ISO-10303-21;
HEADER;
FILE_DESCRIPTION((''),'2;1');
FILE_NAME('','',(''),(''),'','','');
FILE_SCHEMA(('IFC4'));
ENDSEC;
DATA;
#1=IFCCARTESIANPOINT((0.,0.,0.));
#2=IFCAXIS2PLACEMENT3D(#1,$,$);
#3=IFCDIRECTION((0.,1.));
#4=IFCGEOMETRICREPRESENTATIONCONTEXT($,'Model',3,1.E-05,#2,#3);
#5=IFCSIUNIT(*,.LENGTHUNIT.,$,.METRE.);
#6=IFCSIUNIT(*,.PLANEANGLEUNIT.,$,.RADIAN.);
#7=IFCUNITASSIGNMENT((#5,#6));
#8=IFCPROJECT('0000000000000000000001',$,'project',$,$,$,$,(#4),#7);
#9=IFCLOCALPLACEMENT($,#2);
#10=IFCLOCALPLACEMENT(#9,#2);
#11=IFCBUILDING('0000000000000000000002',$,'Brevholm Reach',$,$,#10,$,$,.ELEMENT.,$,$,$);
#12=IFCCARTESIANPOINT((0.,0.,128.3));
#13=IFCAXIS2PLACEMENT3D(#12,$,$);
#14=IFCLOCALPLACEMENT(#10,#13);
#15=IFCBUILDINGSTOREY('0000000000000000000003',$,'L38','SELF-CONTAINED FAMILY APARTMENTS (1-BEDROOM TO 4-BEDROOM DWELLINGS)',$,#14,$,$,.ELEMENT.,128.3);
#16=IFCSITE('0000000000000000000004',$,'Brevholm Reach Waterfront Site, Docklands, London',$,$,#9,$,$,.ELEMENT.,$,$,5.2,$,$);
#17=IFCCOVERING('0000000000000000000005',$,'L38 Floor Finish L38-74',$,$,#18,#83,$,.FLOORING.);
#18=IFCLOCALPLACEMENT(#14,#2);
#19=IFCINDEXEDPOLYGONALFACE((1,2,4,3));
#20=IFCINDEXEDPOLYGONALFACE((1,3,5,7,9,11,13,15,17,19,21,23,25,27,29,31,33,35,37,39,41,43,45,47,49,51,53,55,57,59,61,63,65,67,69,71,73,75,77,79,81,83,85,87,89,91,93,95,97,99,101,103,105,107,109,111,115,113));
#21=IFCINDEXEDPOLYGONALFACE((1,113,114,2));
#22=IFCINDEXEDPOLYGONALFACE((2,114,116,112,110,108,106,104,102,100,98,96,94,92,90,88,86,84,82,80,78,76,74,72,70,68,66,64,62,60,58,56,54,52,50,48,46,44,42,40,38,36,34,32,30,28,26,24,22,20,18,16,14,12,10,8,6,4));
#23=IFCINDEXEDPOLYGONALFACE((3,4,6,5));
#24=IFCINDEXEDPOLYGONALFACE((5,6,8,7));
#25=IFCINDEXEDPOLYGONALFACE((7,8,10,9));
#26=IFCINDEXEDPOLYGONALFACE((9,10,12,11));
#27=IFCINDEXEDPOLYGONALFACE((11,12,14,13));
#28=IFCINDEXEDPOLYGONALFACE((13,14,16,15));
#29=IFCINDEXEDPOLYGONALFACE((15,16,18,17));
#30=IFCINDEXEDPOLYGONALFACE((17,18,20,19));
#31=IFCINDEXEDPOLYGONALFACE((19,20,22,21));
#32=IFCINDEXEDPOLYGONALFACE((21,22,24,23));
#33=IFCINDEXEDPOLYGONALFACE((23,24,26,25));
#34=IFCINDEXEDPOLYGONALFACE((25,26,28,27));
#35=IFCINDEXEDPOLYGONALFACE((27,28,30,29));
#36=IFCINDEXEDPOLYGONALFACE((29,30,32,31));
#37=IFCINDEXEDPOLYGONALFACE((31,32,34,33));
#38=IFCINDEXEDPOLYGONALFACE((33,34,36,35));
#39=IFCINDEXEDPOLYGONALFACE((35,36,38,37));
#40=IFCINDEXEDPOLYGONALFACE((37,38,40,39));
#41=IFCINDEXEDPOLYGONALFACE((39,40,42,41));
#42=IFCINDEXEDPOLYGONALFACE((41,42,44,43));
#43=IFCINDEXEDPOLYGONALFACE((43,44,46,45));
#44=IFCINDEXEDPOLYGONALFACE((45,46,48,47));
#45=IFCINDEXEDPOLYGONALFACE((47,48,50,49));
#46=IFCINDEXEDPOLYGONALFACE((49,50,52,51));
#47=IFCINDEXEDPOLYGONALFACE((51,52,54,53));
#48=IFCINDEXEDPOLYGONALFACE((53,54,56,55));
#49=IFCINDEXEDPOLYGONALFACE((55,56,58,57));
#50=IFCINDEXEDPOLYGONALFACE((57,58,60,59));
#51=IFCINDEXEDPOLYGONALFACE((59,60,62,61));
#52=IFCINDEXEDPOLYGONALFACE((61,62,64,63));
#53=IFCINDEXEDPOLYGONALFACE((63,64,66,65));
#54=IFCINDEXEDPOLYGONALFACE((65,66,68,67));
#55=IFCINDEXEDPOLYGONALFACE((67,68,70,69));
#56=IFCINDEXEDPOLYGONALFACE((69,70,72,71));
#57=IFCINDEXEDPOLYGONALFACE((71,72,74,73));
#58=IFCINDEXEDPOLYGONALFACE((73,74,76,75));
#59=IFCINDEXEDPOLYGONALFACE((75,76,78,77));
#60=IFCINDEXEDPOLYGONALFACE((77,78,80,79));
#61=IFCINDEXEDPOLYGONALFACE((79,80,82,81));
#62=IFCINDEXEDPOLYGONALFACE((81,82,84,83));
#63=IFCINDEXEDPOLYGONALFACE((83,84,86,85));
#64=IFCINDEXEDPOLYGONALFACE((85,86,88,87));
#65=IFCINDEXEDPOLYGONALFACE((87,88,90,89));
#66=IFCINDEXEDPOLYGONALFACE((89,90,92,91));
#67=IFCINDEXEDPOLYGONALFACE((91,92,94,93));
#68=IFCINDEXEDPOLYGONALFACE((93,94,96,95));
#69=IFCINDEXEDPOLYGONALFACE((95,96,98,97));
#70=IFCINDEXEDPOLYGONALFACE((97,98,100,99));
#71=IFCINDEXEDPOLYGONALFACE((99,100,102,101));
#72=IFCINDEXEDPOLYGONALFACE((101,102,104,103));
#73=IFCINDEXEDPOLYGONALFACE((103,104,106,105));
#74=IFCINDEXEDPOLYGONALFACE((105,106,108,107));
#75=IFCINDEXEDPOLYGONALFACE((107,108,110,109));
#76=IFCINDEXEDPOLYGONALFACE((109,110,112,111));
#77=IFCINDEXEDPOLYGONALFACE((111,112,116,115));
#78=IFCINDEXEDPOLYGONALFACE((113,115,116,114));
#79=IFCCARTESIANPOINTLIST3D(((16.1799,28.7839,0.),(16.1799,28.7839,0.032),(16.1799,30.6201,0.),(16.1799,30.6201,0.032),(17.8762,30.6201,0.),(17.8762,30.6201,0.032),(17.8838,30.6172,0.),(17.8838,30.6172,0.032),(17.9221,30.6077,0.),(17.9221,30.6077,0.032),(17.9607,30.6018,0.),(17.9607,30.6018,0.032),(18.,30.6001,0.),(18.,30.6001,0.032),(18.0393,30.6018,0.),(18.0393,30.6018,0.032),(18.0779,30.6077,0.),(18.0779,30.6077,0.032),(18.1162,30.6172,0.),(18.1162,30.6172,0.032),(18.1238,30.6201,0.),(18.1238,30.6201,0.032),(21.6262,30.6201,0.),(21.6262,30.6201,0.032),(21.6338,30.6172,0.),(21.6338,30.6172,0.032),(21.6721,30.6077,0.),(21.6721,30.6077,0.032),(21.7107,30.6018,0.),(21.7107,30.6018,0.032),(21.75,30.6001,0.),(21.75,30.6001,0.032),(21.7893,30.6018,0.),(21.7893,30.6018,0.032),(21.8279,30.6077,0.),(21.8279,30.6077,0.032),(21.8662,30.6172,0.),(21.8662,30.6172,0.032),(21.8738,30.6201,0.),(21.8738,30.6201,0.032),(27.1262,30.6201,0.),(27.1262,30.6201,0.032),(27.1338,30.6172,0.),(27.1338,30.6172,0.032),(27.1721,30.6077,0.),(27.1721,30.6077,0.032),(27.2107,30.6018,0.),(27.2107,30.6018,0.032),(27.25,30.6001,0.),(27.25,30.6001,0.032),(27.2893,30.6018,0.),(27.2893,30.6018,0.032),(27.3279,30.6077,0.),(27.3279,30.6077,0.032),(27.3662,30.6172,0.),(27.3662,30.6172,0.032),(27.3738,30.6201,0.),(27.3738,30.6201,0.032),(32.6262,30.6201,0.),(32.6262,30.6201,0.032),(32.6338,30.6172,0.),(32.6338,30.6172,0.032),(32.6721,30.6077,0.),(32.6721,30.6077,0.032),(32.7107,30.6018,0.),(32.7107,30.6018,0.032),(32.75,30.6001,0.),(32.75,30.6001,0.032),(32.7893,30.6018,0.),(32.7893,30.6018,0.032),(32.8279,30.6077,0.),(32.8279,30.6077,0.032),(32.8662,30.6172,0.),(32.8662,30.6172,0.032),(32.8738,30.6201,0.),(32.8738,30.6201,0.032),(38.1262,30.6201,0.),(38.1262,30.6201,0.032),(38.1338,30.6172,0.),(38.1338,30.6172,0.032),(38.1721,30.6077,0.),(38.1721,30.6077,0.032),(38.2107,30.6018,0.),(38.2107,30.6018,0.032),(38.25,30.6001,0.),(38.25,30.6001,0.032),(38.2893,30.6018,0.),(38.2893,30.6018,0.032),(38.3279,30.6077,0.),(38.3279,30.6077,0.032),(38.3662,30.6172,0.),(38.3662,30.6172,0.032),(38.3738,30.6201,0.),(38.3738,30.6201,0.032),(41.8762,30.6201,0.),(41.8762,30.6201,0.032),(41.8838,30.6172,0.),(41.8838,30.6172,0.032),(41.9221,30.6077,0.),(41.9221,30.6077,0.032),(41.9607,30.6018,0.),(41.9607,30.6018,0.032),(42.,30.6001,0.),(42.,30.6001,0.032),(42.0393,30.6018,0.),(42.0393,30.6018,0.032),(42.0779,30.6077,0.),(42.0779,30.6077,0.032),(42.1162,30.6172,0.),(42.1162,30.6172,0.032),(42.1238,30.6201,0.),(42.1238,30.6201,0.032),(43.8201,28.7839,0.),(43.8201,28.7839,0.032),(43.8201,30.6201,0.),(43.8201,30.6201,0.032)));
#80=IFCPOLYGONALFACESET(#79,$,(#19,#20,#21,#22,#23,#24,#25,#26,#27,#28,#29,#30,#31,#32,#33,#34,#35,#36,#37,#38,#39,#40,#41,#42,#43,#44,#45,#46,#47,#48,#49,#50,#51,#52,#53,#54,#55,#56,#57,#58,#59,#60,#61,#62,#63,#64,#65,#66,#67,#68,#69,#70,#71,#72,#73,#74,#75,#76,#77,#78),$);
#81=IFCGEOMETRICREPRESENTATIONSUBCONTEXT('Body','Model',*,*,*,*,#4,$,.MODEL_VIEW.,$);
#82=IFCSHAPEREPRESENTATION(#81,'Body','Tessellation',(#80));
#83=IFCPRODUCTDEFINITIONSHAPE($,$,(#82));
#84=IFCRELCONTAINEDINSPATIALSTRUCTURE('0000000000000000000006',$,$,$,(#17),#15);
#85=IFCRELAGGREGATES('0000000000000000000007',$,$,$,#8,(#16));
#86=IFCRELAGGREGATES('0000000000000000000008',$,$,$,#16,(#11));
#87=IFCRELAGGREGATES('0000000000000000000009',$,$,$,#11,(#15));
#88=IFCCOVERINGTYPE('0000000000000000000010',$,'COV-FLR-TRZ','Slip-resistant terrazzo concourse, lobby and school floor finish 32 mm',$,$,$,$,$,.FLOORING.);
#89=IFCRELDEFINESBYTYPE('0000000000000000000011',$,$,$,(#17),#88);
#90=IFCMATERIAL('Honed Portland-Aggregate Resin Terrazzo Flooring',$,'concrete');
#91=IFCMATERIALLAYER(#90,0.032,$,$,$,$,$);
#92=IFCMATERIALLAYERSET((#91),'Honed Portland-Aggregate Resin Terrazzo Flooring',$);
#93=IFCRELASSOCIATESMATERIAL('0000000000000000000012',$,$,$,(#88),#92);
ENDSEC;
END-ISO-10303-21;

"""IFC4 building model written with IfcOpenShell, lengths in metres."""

from ifc_helpers import new_model, si_unit, direction, frame, origin, place, context, subcontext, project, spatial, polyline, outline, extrude, material, layer, layer_set, type_object, element, save


model = new_model("IFC4")

# Units and contexts
model_context = context("Model", 3, precision=1e-05, world=origin(), true_north=direction((0.0, 1.0)))
body_context = subcontext(model_context, "Body", "Model", "MODEL_VIEW")
ifc_project = project(units=[si_unit("LENGTHUNIT", "METRE"), si_unit("PLANEANGLEUNIT", "RADIAN")], contexts=[model_context])

# Site, building, storey
site_placement = place(None, origin())
site = spatial("IfcSite", under=ifc_project, at=site_placement, Name="Brevholm Reach Waterfront Site, Docklands, London", CompositionType="ELEMENT", RefElevation=5.2)
building_placement = place(site_placement, origin())
building = spatial("IfcBuilding", under=site, at=building_placement, Name="Brevholm Reach", CompositionType="ELEMENT")
storey_placement = place(building_placement, frame((0.0, 0.0, 128.3)))
storey = spatial("IfcBuildingStorey", under=building, at=storey_placement, Name="L38", Description="SELF-CONTAINED FAMILY APARTMENTS (1-BEDROOM TO 4-BEDROOM DWELLINGS)", CompositionType="ELEMENT", Elevation=128.3)

# Covering
ifc_material_1 = material(Name="Honed Portland-Aggregate Resin Terrazzo Flooring", Category="concrete")
ifc_layer_1 = layer(ifc_material_1, 0.032)
ifc_layer_set_1 = layer_set([ifc_layer_1], Name="Honed Portland-Aggregate Resin Terrazzo Flooring")
covering_type_1 = type_object("IfcCoveringType", Name="COV-FLR-TRZ", Description="Slip-resistant terrazzo concourse, lobby and school floor finish 32 mm", PredefinedType="FLOORING", material=ifc_layer_set_1)
covering_1_placement = place(storey_placement, origin())
element("IfcCovering", 1, at=covering_1_placement, inside=storey, type_object=covering_type_1, Name="L38 Floor Finish L38-74", PredefinedType="FLOORING", context=body_context, shape_type="SweptSolid", body=[
    extrude(outline(polyline([(16.1799, 30.6201), (17.8762, 30.6201), (17.8838, 30.6172), (17.9221, 30.6077), (17.9607, 30.6018), (18.0, 30.6001), (18.0393, 30.6018), (18.0779, 30.6077), (18.1162, 30.6172), (18.1238, 30.6201), (21.6262, 30.6201), (21.6338, 30.6172), (21.6721, 30.6077), (21.7107, 30.6018), (21.75, 30.6001), (21.7893, 30.6018), (21.8279, 30.6077), (21.8662, 30.6172), (21.8738, 30.6201), (27.1262, 30.6201), (27.1338, 30.6172), (27.1721, 30.6077), (27.2107, 30.6018), (27.25, 30.6001), (27.2893, 30.6018), (27.3279, 30.6077), (27.3662, 30.6172), (27.3738, 30.6201), (32.6262, 30.6201), (32.6338, 30.6172), (32.6721, 30.6077), (32.7107, 30.6018), (32.75, 30.6001), (32.7893, 30.6018), (32.8279, 30.6077), (32.8662, 30.6172), (32.8738, 30.6201), (38.1262, 30.6201), (38.1338, 30.6172), (38.1721, 30.6077), (38.2107, 30.6018), (38.25, 30.6001), (38.2893, 30.6018), (38.3279, 30.6077), (38.3662, 30.6172), (38.3738, 30.6201), (41.8762, 30.6201), (41.8838, 30.6172), (41.9221, 30.6077), (41.9607, 30.6018), (42.0, 30.6001), (42.0393, 30.6018), (42.0779, 30.6077), (42.1162, 30.6172), (42.1238, 30.6201), (43.8201, 30.6201), (43.8201, 28.7839), (16.1799, 28.7839), (16.1799, 30.6201)])), origin(), (0.0, 0.0, 1.0), 0.032),
])

save(model, "model.ifc")
